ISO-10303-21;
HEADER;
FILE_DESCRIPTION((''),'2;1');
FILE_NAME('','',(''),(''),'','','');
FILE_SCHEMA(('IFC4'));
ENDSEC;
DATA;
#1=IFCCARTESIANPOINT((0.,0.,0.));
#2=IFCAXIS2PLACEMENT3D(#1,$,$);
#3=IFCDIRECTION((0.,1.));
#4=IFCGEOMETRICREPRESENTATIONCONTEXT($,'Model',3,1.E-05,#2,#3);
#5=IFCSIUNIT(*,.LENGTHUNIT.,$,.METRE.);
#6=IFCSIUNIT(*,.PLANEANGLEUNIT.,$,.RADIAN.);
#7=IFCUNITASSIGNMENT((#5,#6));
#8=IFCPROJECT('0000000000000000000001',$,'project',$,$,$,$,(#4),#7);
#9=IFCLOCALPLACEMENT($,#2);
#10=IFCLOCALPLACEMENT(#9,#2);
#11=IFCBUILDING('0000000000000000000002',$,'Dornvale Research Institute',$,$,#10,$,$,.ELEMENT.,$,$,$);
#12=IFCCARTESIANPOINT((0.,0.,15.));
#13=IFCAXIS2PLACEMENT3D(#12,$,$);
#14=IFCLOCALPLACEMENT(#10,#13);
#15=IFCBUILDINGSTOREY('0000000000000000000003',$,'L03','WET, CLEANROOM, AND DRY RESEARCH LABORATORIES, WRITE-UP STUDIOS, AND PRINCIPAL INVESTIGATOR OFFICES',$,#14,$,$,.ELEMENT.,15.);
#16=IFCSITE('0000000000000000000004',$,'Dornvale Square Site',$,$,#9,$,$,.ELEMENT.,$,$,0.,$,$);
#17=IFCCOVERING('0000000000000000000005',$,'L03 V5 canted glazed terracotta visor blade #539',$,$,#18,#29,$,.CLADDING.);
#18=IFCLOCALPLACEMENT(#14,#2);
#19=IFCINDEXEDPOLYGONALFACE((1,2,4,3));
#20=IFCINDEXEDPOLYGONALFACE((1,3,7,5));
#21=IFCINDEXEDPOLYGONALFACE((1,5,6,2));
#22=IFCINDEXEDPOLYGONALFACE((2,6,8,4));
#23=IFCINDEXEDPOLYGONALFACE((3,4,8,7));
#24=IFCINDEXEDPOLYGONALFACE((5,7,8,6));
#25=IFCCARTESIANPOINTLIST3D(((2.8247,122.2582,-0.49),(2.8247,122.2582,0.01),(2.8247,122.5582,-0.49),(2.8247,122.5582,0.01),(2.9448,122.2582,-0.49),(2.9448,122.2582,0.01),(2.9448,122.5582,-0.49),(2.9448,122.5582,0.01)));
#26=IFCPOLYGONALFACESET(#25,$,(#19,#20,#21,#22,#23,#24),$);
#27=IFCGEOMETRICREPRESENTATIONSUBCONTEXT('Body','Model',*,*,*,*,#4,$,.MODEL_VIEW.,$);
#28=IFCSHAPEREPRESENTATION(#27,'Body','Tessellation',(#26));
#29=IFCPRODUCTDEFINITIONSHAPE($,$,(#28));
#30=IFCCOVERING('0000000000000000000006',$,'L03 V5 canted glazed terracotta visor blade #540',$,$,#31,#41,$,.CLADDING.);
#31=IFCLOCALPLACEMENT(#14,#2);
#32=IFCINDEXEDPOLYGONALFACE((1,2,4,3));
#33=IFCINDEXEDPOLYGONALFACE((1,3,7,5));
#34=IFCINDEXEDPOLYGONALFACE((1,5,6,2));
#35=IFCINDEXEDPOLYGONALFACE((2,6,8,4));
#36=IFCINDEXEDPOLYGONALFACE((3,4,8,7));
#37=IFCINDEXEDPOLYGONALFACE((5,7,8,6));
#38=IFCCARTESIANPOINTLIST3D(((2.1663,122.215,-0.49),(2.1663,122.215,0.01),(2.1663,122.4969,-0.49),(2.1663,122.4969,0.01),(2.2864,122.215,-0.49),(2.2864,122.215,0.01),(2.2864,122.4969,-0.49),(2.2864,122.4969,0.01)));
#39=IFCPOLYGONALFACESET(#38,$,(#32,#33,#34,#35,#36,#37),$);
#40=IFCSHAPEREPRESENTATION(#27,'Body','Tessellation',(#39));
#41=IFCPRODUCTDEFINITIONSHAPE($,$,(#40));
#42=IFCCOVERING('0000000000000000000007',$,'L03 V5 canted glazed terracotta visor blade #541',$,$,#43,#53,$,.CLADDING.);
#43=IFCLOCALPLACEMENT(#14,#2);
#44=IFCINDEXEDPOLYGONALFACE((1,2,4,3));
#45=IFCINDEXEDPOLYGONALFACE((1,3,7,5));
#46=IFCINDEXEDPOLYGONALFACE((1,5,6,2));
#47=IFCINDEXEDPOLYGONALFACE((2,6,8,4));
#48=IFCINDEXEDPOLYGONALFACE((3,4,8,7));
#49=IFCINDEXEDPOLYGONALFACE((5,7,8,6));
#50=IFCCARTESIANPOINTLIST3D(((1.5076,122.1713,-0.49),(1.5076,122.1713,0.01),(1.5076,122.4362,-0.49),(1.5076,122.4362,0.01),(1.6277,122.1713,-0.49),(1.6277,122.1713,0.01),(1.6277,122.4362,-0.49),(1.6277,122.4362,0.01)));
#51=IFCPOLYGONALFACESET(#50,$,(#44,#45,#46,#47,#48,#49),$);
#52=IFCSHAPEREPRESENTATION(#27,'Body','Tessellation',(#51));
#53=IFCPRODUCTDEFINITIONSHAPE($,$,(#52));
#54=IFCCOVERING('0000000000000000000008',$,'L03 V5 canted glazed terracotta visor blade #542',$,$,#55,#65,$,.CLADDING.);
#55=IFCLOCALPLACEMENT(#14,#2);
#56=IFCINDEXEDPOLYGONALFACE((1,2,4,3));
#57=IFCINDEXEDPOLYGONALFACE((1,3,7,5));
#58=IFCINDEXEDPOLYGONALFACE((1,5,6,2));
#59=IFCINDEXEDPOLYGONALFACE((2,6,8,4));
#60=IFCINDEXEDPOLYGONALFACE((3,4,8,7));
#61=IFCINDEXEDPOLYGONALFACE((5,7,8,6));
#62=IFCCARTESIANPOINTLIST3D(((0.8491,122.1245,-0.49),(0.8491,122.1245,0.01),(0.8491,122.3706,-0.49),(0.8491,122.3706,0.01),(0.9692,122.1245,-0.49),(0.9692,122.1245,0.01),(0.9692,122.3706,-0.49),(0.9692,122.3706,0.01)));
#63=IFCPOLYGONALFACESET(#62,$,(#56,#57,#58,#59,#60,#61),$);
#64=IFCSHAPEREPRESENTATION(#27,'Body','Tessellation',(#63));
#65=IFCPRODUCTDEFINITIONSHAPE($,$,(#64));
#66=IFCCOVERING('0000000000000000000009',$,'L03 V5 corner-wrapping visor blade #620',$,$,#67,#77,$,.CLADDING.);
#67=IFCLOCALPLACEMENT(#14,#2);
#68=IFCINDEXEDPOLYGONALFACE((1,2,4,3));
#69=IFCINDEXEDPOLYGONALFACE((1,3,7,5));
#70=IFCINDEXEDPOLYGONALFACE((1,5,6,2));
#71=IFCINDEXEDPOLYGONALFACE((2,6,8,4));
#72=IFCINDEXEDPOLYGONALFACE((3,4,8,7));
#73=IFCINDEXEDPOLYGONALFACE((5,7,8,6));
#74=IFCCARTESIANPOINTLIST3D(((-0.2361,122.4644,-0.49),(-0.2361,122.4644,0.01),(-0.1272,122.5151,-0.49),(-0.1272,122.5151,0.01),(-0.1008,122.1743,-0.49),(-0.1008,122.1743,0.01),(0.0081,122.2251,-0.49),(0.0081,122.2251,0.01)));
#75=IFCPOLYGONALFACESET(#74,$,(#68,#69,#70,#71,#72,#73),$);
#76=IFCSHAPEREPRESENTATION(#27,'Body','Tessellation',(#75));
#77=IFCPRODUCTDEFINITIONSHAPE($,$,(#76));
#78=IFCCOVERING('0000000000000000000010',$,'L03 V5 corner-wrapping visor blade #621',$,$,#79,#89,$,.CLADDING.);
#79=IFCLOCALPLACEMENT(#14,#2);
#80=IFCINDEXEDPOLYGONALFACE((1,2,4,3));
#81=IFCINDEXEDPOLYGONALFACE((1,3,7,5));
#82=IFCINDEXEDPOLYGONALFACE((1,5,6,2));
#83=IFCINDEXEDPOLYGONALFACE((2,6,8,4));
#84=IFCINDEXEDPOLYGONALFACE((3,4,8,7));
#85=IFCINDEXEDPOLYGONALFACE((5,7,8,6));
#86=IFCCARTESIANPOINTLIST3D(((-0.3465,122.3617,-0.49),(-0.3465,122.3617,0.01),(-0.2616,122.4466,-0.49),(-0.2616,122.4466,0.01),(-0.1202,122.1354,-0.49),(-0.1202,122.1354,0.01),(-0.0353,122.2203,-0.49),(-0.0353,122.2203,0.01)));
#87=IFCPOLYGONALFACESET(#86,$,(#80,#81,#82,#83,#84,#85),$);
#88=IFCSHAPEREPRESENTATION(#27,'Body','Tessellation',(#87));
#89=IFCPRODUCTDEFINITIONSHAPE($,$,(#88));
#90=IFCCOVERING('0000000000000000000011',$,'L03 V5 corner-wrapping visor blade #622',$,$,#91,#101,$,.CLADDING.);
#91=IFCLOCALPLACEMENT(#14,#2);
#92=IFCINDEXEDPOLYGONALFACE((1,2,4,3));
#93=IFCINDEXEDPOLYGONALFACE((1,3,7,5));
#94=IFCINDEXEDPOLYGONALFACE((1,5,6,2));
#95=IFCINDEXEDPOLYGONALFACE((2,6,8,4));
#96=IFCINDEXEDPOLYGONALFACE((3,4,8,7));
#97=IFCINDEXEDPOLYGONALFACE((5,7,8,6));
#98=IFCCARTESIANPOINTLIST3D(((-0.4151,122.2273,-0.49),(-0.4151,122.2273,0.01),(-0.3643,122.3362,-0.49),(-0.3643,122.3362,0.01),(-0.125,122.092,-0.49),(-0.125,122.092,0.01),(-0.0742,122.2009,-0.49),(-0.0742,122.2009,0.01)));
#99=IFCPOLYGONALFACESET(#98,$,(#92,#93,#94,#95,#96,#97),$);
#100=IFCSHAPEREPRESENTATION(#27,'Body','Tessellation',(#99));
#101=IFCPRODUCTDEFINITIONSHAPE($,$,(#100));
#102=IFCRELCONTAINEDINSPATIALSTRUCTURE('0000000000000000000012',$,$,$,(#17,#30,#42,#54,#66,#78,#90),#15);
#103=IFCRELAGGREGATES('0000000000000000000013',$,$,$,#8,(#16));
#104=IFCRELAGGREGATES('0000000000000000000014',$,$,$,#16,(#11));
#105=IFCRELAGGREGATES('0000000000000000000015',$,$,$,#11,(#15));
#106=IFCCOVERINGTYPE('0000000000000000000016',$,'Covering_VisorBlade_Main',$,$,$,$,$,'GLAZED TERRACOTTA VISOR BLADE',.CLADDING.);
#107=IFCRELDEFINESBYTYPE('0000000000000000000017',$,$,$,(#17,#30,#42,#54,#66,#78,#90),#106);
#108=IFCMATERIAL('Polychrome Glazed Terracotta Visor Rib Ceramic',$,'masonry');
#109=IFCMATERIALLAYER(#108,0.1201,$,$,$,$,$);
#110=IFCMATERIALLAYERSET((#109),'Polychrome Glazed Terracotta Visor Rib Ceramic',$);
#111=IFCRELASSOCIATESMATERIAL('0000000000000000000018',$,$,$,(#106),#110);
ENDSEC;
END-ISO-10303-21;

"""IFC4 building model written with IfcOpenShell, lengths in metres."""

from ifc_helpers import new_model, si_unit, direction, frame, origin, origin_2d, place, context, subcontext, project, spatial, rectangle, extrude, material, layer, layer_set, type_object, element, save


model = new_model("IFC4")

# Units and contexts
model_context = context("Model", 3, precision=1e-05, world=origin(), true_north=direction((0.0, 1.0)))
body_context = subcontext(model_context, "Body", "Model", "MODEL_VIEW")
ifc_project = project(units=[si_unit("LENGTHUNIT", "METRE"), si_unit("PLANEANGLEUNIT", "RADIAN")], contexts=[model_context])

# Site, building, storey
site_placement = place(None, origin())
site = spatial("IfcSite", under=ifc_project, at=site_placement, Name="Dornvale Square Site", CompositionType="ELEMENT", RefElevation=0.0)
building_placement = place(site_placement, origin())
building = spatial("IfcBuilding", under=site, at=building_placement, Name="Dornvale Research Institute", CompositionType="ELEMENT")
storey_placement = place(building_placement, frame((0.0, 0.0, 15.0)))
storey = spatial("IfcBuildingStorey", under=building, at=storey_placement, Name="L03", Description="WET, CLEANROOM, AND DRY RESEARCH LABORATORIES, WRITE-UP STUDIOS, AND PRINCIPAL INVESTIGATOR OFFICES", CompositionType="ELEMENT", Elevation=15.0)

# Coverings
ifc_material_1 = material(Name="Polychrome Glazed Terracotta Visor Rib Ceramic", Category="masonry")
ifc_layer_1 = layer(ifc_material_1, 0.1201)
ifc_layer_set_1 = layer_set([ifc_layer_1], Name="Polychrome Glazed Terracotta Visor Rib Ceramic")
covering_type = type_object("IfcCoveringType", Name="Covering_VisorBlade_Main", ElementType="GLAZED TERRACOTTA VISOR BLADE", PredefinedType="CLADDING", material=ifc_layer_set_1)
covering_1_placement = place(storey_placement, frame((2.8848, 122.4082, -0.49), z_axis=(0.0, 0.0, 1.0), x_axis=(0.0, 1.0, 0.0)))
element("IfcCovering", 1, at=covering_1_placement, inside=storey, type_object=covering_type, Name="L03 V5 canted glazed terracotta visor blade #539", PredefinedType="CLADDING", context=body_context, shape_type="SweptSolid", body=[
    extrude(rectangle(XDim=0.3, YDim=0.1201, at=origin_2d()), origin(), (0.0, 0.0, 1.0), 0.5),
])
covering_2_placement = place(storey_placement, frame((2.2263, 122.356, -0.49), z_axis=(0.0, 0.0, 1.0), x_axis=(0.0, 1.0, 0.0)))
element("IfcCovering", 2, at=covering_2_placement, inside=storey, type_object=covering_type, Name="L03 V5 canted glazed terracotta visor blade #540", PredefinedType="CLADDING", context=body_context, shape_type="SweptSolid", body=[
    extrude(rectangle(XDim=0.282, YDim=0.1201, at=origin_2d()), origin(), (0.0, 0.0, 1.0), 0.5),
])
covering_3_placement = place(storey_placement, frame((1.5676, 122.3037, -0.49), z_axis=(0.0, 0.0, 1.0), x_axis=(0.0, 1.0, 0.0)))
element("IfcCovering", 3, at=covering_3_placement, inside=storey, type_object=covering_type, Name="L03 V5 canted glazed terracotta visor blade #541", PredefinedType="CLADDING", context=body_context, shape_type="SweptSolid", body=[
    extrude(rectangle(XDim=0.2649, YDim=0.1201, at=origin_2d()), origin(), (0.0, 0.0, 1.0), 0.5),
])
covering_4_placement = place(storey_placement, frame((0.9092, 122.2476, -0.49), z_axis=(0.0, 0.0, 1.0), x_axis=(0.0, 1.0, 0.0)))
element("IfcCovering", 4, at=covering_4_placement, inside=storey, type_object=covering_type, Name="L03 V5 canted glazed terracotta visor blade #542", PredefinedType="CLADDING", context=body_context, shape_type="SweptSolid", body=[
    extrude(rectangle(XDim=0.2461, YDim=0.1201, at=origin_2d()), origin(), (0.0, 0.0, 1.0), 0.5),
])
for number, where, z_axis, x_axis, name in (
    (5, (-0.114, 122.3447, -0.49), (0.0, 0.0, 1.0), (-0.422618, 0.906308, 0.0), "L03 V5 corner-wrapping visor blade #620"),
    (6, (-0.1909, 122.291, -0.49), (0.0, 0.0, 1.0), (-0.707107, 0.707107, 0.0), "L03 V5 corner-wrapping visor blade #621"),
    (7, (-0.2446, 122.2141, -0.49), (0.0, 0.0, 1.0), (-0.906308, 0.422618, 0.0), "L03 V5 corner-wrapping visor blade #622"),
):
    element("IfcCovering", number, at=place(storey_placement, frame(where, z_axis=z_axis, x_axis=x_axis)), inside=storey, type_object=covering_type, Name=name, PredefinedType="CLADDING", context=body_context, shape_type="SweptSolid", body=[
        extrude(rectangle(XDim=0.3201, YDim=0.1201, at=origin_2d()), origin(), (0.0, 0.0, 1.0), 0.5),
    ])

save(model, "model.ifc")
